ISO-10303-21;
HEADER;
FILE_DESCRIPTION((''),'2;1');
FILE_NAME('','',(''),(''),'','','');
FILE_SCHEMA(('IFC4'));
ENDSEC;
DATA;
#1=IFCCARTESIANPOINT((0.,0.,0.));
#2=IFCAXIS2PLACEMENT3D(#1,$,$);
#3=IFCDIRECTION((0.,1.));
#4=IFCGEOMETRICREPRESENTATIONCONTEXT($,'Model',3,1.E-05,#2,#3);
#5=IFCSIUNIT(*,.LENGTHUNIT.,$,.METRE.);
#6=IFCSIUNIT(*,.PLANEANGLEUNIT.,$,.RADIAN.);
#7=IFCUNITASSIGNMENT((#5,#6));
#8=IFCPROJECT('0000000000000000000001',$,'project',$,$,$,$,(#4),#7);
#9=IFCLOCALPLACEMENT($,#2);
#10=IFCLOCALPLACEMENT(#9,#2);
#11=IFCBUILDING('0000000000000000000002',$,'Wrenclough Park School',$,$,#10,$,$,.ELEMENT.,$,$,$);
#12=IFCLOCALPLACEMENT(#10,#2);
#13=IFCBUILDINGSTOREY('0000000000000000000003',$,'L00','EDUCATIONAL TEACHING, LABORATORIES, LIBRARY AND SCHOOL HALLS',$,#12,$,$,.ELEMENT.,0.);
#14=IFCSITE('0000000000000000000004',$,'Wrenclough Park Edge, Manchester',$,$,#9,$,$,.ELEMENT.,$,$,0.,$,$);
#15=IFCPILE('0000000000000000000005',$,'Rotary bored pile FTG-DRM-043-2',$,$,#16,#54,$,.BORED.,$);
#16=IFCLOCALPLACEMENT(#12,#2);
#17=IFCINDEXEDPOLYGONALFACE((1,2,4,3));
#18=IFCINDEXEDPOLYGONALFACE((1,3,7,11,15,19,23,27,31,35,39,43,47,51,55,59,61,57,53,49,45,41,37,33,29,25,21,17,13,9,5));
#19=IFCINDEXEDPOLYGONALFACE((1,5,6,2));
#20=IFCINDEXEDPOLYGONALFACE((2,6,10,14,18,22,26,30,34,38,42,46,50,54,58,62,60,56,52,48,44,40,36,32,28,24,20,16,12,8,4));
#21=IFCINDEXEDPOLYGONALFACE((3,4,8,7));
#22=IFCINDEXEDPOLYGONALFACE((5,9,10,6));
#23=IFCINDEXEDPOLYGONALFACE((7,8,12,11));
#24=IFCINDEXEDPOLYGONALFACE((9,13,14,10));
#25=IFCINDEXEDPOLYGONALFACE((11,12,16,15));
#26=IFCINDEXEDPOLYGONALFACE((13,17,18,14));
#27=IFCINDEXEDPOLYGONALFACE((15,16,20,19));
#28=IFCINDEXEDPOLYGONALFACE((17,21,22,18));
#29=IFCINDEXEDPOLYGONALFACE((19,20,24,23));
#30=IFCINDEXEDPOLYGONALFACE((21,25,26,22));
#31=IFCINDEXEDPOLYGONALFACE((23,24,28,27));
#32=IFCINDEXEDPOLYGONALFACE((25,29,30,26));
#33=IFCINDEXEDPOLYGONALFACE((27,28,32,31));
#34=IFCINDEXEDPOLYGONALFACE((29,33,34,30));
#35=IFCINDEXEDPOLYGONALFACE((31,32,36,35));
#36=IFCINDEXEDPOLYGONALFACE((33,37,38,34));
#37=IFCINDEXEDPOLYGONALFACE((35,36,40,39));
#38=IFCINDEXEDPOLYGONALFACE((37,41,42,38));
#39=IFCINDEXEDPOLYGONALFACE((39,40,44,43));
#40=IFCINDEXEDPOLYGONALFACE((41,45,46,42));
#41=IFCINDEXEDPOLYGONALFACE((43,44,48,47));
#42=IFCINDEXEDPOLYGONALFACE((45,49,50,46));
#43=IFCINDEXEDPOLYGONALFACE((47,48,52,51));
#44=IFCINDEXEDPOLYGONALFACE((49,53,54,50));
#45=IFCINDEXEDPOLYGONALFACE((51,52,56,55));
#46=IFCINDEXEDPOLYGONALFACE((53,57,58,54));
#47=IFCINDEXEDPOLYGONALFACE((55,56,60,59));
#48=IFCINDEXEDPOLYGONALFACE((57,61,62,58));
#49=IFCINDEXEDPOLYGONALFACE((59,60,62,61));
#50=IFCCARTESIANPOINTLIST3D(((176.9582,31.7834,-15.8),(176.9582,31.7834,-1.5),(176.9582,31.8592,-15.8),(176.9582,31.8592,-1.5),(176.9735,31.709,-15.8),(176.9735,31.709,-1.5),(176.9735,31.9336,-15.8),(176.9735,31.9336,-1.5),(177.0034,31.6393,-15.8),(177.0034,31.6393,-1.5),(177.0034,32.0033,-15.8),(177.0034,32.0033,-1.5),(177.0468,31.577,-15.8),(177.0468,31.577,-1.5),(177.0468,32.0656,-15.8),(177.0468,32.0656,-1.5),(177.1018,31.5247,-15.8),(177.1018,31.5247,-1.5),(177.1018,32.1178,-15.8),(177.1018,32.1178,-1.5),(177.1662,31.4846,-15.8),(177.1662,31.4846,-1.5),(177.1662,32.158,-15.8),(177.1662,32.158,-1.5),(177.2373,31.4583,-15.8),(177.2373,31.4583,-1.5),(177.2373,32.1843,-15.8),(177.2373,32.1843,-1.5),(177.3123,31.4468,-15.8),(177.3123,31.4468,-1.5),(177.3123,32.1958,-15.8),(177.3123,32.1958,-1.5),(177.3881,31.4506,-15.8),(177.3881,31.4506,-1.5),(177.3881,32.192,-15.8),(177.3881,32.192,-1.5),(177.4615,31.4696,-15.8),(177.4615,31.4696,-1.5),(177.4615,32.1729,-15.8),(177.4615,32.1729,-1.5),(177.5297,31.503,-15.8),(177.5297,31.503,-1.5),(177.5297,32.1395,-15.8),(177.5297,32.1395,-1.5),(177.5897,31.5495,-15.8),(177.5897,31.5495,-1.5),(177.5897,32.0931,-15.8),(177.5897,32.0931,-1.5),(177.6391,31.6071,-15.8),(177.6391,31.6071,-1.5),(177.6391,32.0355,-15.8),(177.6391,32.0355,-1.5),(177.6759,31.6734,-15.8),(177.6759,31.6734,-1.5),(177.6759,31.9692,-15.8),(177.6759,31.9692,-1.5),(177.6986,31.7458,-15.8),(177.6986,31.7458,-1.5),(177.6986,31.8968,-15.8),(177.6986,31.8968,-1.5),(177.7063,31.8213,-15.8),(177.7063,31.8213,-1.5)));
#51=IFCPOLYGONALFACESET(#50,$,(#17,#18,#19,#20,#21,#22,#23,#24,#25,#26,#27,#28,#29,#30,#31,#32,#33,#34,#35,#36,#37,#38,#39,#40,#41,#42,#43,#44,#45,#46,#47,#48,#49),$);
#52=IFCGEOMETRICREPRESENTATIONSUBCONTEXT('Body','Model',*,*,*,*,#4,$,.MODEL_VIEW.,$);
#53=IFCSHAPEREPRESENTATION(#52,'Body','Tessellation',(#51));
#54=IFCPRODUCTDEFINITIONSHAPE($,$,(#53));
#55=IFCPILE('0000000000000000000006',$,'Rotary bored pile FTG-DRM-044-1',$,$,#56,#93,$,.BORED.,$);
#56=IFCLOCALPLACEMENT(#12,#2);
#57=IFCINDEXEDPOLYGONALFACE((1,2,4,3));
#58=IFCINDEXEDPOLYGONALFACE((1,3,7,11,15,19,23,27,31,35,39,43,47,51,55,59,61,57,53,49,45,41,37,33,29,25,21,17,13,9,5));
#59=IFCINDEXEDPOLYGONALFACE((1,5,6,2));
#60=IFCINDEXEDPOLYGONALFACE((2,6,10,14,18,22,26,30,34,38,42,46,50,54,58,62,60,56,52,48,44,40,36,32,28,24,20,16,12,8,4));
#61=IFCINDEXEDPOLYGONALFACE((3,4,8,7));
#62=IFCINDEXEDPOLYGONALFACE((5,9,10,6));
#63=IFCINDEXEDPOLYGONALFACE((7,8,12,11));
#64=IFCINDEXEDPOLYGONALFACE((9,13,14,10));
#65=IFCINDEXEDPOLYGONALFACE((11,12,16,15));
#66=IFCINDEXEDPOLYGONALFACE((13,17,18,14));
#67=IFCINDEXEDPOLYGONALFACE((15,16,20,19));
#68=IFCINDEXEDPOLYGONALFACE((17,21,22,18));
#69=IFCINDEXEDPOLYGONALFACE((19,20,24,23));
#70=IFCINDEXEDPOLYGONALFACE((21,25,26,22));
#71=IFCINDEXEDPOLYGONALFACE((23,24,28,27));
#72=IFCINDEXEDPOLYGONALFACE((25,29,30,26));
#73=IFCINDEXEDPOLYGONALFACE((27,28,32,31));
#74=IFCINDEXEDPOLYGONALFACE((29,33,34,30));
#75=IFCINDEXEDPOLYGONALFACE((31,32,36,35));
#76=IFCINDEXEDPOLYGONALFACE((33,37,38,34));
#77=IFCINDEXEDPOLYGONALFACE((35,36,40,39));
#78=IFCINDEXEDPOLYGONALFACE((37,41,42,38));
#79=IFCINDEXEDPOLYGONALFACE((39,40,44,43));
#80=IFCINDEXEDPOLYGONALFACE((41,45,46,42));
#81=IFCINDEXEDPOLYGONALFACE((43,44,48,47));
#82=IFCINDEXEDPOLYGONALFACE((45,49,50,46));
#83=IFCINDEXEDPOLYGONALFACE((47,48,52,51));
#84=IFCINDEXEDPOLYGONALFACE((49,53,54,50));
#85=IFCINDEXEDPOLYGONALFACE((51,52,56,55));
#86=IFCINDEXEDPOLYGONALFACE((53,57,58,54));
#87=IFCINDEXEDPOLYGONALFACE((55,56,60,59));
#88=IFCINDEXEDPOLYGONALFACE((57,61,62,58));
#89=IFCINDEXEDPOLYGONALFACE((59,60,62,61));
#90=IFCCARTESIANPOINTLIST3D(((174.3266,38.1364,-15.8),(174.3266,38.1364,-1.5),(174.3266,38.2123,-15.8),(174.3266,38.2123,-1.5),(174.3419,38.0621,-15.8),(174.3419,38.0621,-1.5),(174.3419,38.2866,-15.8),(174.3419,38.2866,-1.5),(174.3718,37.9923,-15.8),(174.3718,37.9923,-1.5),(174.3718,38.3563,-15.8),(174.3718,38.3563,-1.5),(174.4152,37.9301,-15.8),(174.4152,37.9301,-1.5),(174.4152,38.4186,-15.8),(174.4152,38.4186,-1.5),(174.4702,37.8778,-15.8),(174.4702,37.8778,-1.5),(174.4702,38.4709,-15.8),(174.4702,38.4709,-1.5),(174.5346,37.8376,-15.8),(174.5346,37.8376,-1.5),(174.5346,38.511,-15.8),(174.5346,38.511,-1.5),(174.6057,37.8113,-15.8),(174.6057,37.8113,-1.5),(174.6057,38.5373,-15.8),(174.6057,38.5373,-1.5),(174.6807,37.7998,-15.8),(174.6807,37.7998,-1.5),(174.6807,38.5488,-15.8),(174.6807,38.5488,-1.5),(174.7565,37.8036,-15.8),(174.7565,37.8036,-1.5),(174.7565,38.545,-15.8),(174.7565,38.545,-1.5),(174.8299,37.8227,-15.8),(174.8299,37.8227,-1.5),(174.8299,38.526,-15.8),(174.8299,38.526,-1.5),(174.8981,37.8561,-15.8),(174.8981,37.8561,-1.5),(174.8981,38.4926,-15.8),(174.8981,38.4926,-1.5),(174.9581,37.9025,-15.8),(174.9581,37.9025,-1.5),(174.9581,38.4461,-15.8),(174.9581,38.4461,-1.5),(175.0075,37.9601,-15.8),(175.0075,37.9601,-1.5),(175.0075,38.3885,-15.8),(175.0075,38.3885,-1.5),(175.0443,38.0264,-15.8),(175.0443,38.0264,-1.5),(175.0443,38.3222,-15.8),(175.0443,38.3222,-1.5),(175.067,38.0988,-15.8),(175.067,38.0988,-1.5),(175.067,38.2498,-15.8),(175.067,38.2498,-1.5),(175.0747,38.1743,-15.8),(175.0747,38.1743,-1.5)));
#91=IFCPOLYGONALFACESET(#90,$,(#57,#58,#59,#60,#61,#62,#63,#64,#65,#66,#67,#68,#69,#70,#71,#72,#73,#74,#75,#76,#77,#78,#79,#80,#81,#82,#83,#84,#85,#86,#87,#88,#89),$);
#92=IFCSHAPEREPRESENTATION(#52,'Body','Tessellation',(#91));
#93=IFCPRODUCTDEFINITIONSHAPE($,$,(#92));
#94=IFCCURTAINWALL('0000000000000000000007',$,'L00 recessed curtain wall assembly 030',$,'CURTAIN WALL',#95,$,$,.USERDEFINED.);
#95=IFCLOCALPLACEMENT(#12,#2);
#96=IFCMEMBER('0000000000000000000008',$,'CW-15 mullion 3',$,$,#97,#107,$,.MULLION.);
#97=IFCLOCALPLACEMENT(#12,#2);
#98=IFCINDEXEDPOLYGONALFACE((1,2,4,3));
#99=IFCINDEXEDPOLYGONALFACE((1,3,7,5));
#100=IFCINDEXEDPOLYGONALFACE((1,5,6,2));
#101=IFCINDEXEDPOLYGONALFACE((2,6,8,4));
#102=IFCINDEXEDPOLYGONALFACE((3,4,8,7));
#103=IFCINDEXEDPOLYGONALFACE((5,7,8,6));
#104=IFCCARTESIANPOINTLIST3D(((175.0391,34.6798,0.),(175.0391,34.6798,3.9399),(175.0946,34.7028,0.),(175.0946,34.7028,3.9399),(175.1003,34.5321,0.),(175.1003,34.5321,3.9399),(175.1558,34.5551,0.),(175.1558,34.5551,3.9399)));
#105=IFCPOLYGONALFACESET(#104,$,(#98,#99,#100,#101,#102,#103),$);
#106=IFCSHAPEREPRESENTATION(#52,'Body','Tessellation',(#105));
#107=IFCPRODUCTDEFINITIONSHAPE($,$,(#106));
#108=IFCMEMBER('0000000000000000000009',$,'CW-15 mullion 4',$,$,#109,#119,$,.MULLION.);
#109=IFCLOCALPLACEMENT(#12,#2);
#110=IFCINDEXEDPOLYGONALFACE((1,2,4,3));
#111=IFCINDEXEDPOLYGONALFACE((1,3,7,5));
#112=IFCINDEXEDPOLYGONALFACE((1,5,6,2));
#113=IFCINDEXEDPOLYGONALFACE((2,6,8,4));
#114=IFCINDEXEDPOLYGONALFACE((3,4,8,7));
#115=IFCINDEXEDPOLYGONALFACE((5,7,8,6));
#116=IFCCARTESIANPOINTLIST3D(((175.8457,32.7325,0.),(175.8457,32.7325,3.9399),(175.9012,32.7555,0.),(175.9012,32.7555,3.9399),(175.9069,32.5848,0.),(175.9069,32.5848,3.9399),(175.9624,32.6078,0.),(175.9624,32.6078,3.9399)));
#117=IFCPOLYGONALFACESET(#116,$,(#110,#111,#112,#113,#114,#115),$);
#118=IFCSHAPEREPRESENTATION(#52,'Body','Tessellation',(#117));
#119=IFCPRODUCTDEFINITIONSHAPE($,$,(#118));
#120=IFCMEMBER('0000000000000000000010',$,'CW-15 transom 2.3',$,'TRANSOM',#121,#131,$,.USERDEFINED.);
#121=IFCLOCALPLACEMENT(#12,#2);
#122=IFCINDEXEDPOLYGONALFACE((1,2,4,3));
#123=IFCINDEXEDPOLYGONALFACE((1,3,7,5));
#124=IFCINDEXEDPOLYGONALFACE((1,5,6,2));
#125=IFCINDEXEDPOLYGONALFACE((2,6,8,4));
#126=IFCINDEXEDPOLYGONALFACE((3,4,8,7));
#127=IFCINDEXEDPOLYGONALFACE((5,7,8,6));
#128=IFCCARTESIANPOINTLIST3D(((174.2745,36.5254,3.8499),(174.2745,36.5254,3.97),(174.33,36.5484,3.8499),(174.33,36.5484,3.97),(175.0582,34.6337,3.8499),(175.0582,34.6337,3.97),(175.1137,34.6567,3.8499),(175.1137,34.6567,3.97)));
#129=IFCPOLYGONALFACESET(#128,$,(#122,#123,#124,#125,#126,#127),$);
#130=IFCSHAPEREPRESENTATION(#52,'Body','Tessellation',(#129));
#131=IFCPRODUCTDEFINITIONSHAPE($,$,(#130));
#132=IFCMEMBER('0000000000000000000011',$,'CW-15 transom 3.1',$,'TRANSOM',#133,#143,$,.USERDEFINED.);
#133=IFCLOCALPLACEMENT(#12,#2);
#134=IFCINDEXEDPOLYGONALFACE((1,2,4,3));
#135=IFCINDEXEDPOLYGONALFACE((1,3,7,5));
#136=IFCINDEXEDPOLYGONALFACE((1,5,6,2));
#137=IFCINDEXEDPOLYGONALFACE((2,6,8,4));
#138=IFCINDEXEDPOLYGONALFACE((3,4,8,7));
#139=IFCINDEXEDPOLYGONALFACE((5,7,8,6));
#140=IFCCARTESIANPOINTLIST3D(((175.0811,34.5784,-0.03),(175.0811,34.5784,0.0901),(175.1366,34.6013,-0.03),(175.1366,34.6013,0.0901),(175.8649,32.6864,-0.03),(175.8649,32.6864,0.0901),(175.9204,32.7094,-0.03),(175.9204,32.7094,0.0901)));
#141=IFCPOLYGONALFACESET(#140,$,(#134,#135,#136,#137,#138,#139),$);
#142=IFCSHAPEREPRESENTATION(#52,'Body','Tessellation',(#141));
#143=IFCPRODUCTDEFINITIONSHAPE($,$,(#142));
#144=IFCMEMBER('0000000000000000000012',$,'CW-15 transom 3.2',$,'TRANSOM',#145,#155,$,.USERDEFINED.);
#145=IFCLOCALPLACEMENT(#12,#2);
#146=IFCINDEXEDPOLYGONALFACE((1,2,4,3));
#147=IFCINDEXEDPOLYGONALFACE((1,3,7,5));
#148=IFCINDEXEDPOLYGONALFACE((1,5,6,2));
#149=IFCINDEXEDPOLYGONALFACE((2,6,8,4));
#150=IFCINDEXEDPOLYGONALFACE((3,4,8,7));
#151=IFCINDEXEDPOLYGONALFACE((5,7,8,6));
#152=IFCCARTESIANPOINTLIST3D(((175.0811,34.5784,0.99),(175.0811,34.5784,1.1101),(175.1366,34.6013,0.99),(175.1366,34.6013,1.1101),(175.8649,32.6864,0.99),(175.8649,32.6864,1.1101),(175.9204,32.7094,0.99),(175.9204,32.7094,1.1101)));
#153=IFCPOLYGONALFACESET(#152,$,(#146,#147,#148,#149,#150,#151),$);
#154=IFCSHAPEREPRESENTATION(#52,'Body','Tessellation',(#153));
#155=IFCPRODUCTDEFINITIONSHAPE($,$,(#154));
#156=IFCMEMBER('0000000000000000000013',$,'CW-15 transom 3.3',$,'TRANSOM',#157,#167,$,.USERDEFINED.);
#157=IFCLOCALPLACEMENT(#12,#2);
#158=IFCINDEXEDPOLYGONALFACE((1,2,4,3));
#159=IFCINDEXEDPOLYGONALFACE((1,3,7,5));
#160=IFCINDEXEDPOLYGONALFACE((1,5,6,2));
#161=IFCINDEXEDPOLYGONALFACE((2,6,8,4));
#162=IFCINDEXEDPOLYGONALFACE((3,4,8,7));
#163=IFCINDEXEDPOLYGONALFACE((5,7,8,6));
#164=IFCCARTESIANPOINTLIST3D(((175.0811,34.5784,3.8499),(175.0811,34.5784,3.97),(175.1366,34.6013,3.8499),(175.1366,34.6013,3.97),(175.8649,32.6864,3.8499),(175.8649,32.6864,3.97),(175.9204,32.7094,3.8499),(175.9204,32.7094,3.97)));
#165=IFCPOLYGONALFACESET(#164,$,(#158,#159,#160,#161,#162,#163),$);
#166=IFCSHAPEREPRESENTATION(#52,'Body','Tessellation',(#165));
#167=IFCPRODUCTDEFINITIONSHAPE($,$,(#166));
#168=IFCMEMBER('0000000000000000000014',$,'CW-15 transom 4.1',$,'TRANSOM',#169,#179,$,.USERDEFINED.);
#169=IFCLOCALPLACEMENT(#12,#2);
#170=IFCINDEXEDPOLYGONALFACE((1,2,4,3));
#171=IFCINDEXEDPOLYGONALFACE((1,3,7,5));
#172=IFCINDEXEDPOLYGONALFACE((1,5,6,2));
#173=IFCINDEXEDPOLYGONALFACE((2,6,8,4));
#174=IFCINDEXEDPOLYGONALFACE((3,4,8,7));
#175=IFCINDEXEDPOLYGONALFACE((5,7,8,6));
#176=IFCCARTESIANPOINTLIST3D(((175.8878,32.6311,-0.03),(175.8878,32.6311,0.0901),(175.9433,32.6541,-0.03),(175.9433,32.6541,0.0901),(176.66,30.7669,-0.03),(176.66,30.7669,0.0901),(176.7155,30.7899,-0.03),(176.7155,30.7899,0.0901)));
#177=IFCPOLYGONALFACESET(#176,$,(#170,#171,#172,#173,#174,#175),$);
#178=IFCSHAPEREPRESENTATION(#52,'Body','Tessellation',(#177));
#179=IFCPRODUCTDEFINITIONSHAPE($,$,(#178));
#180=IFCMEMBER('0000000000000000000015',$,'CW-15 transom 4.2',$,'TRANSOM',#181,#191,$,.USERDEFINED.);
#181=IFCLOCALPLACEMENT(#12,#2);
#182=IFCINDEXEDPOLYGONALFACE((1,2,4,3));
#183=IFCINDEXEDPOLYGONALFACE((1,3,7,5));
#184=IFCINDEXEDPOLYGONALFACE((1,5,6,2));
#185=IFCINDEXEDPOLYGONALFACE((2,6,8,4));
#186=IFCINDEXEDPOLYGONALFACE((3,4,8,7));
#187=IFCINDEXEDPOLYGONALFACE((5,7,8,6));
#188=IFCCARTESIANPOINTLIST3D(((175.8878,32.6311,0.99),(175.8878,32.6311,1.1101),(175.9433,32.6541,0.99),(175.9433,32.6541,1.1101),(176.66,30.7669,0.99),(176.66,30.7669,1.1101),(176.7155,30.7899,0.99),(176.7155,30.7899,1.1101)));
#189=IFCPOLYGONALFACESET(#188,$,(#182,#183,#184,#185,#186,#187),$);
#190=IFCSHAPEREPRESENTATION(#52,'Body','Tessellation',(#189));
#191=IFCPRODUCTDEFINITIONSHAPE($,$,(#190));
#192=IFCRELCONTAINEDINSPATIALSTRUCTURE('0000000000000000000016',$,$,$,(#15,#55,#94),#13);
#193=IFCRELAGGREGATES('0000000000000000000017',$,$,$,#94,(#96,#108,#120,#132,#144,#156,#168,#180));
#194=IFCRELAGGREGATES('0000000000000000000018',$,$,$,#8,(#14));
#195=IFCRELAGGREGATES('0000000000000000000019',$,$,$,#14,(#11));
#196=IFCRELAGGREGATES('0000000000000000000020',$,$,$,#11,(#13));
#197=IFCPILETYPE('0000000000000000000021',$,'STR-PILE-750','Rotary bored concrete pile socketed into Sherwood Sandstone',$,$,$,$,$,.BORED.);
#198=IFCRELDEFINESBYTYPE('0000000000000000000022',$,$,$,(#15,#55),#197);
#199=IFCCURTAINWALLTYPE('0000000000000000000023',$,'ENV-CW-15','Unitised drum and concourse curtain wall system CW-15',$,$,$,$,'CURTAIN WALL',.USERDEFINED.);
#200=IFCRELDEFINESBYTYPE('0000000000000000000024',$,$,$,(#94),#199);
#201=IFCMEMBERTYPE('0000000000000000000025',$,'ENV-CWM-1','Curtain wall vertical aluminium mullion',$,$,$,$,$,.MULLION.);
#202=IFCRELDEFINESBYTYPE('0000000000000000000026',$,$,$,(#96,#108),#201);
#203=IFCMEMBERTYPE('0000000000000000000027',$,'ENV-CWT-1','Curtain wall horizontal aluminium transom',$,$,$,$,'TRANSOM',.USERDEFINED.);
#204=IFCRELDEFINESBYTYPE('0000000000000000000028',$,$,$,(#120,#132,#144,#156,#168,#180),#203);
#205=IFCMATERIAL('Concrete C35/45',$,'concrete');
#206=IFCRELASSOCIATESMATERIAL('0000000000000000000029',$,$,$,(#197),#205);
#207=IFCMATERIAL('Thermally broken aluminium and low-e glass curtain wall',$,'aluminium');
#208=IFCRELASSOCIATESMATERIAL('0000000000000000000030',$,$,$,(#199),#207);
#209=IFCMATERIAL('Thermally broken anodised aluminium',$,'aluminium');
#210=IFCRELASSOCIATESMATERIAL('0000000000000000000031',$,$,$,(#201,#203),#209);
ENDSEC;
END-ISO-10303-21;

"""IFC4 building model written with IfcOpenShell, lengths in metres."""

from ifc_helpers import new_model, si_unit, direction, frame, origin, origin_2d, place, context, subcontext, project, spatial, rectangle, circle, extrude, material, material_profile, profile_set, type_object, element, aggregate, save


model = new_model("IFC4")

# Units and contexts
model_context = context("Model", 3, precision=1e-05, world=origin(), true_north=direction((0.0, 1.0)))
body_context = subcontext(model_context, "Body", "Model", "MODEL_VIEW")
ifc_project = project(units=[si_unit("LENGTHUNIT", "METRE"), si_unit("PLANEANGLEUNIT", "RADIAN")], contexts=[model_context])

# Site, building, storey
site_placement = place(None, origin())
site = spatial("IfcSite", under=ifc_project, at=site_placement, Name="Wrenclough Park Edge, Manchester", CompositionType="ELEMENT", RefElevation=0.0)
building_placement = place(site_placement, origin())
building = spatial("IfcBuilding", under=site, at=building_placement, Name="Wrenclough Park School", CompositionType="ELEMENT")
storey_placement = place(building_placement, origin())
storey = spatial("IfcBuildingStorey", under=building, at=storey_placement, Name="L00", Description="EDUCATIONAL TEACHING, LABORATORIES, LIBRARY AND SCHOOL HALLS", CompositionType="ELEMENT", Elevation=0.0)

# Piles
ifc_material_1 = material(Name="Concrete C35/45", Category="concrete")
ifc_material_profile_1 = material_profile(ifc_material_1, circle(Radius=0.375, at=origin_2d()), Name="BORED PILE D750")
ifc_profile_set_1 = profile_set([ifc_material_profile_1], Name="Concrete C35/45")
pile_type = type_object("IfcPileType", Name="STR-PILE-750", Description="Rotary bored concrete pile socketed into Sherwood Sandstone", PredefinedType="BORED", material=ifc_profile_set_1)
for number, where, z_axis, x_axis, name in (
    (1, (177.3313, 31.8213, -1.5), (0.0, 0.0, -1.0), (1.0, 0.0, 0.0), "Rotary bored pile FTG-DRM-043-2"),
    (2, (174.6997, 38.1743, -1.5), (0.0, 0.0, -1.0), (1.0, 0.0, 0.0), "Rotary bored pile FTG-DRM-044-1"),
):
    element("IfcPile", number, at=place(storey_placement, frame(where, z_axis=z_axis, x_axis=x_axis)), inside=storey, type_object=pile_type, Name=name, PredefinedType="BORED", context=body_context, shape_type="SweptSolid", body=[
        extrude(circle(Radius=0.375, at=origin_2d()), origin(), (0.0, 0.0, 1.0), 14.3),
    ])

# Curtain wall, members
ifc_material_2 = material(Name="Thermally broken aluminium and low-e glass curtain wall", Category="aluminium")
curtain_wall_type = type_object("IfcCurtainWallType", Name="ENV-CW-15", Description="Unitised drum and concourse curtain wall system CW-15", ElementType="CURTAIN WALL", PredefinedType="USERDEFINED", material=ifc_material_2)
curtain_wall_placement = place(storey_placement, origin())
curtain_wall = element("IfcCurtainWall", 3, at=curtain_wall_placement, inside=storey, type_object=curtain_wall_type, Name="L00 recessed curtain wall assembly 030", ObjectType="CURTAIN WALL", PredefinedType="USERDEFINED")
ifc_material_3 = material(Name="Thermally broken anodised aluminium", Category="aluminium")
ifc_material_profile_2 = material_profile(ifc_material_3, rectangle(XDim=0.0601, YDim=0.1599, at=origin_2d()), Name="AL MULLION 60x160")
ifc_profile_set_2 = profile_set([ifc_material_profile_2], Name="Thermally broken anodised aluminium")
member_type_1 = type_object("IfcMemberType", Name="ENV-CWM-1", Description="Curtain wall vertical aluminium mullion", PredefinedType="MULLION", material=ifc_profile_set_2)
member_1_placement = place(storey_placement, frame((175.0974, 34.6174, 0.0), z_axis=(0.0, 0.0, 1.0), x_axis=(0.923878, 0.382687, 0.0)))
member_1 = element("IfcMember", 4, at=member_1_placement, type_object=member_type_1, Name="CW-15 mullion 3", PredefinedType="MULLION", context=body_context, shape_type="SweptSolid", body=[
    extrude(rectangle(XDim=0.0601, YDim=0.1599, at=origin_2d()), origin(), (0.0, 0.0, 1.0), 3.9399),
])
member_2_placement = place(storey_placement, frame((175.9041, 32.6702, 0.0), z_axis=(0.0, 0.0, 1.0), x_axis=(0.923878, 0.382687, 0.0)))
member_2 = element("IfcMember", 5, at=member_2_placement, type_object=member_type_1, Name="CW-15 mullion 4", PredefinedType="MULLION", context=body_context, shape_type="SweptSolid", body=[
    extrude(rectangle(XDim=0.0601, YDim=0.1599, at=origin_2d()), origin(), (0.0, 0.0, 1.0), 3.9399),
])
ifc_material_profile_3 = material_profile(ifc_material_3, rectangle(XDim=0.0601, YDim=0.1201, at=origin_2d()), Name="AL TRANSOM 60x120")
ifc_profile_set_3 = profile_set([ifc_material_profile_3], Name="Thermally broken anodised aluminium")
member_type_2 = type_object("IfcMemberType", Name="ENV-CWT-1", Description="Curtain wall horizontal aluminium transom", ElementType="TRANSOM", PredefinedType="USERDEFINED", material=ifc_profile_set_3)
member_3_placement = place(storey_placement, frame((174.3022, 36.5369, 3.9099), z_axis=(0.382752, -0.923851, 0.0), x_axis=(0.923851, 0.382752, 0.0)))
member_3 = element("IfcMember", 6, at=member_3_placement, type_object=member_type_2, Name="CW-15 transom 2.3", ObjectType="TRANSOM", PredefinedType="USERDEFINED", context=body_context, shape_type="SweptSolid", body=[
    extrude(rectangle(XDim=0.0601, YDim=0.1201, at=origin_2d()), origin(), (0.0, 0.0, 1.0), 2.0476),
])
member_4_placement = place(storey_placement, frame((175.1089, 34.5898, 0.03), z_axis=(0.38271, -0.923869, 0.0), x_axis=(0.923869, 0.38271, 0.0)))
member_4 = element("IfcMember", 7, at=member_4_placement, type_object=member_type_2, Name="CW-15 transom 3.1", ObjectType="TRANSOM", PredefinedType="USERDEFINED", context=body_context, shape_type="SweptSolid", body=[
    extrude(rectangle(XDim=0.0601, YDim=0.1201, at=origin_2d()), origin(), (0.0, 0.0, 1.0), 2.0479),
])
member_5_placement = place(storey_placement, frame((175.1089, 34.5898, 1.05), z_axis=(0.38271, -0.923869, 0.0), x_axis=(0.923869, 0.38271, 0.0)))
member_5 = element("IfcMember", 8, at=member_5_placement, type_object=member_type_2, Name="CW-15 transom 3.2", ObjectType="TRANSOM", PredefinedType="USERDEFINED", context=body_context, shape_type="SweptSolid", body=[
    extrude(rectangle(XDim=0.0601, YDim=0.1201, at=origin_2d()), origin(), (0.0, 0.0, 1.0), 2.0479),
])
member_6_placement = place(storey_placement, frame((175.1089, 34.5898, 3.9099), z_axis=(0.38271, -0.923869, 0.0), x_axis=(0.923869, 0.38271, 0.0)))
member_6 = element("IfcMember", 9, at=member_6_placement, type_object=member_type_2, Name="CW-15 transom 3.3", ObjectType="TRANSOM", PredefinedType="USERDEFINED", context=body_context, shape_type="SweptSolid", body=[
    extrude(rectangle(XDim=0.0601, YDim=0.1201, at=origin_2d()), origin(), (0.0, 0.0, 1.0), 2.0479),
])
member_7_placement = place(storey_placement, frame((175.9155, 32.6426, 0.03), z_axis=(0.38269, -0.923877, 0.0), x_axis=(0.923877, 0.38269, 0.0)))
member_7 = element("IfcMember", 10, at=member_7_placement, type_object=member_type_2, Name="CW-15 transom 4.1", ObjectType="TRANSOM", PredefinedType="USERDEFINED", context=body_context, shape_type="SweptSolid", body=[
    extrude(rectangle(XDim=0.0601, YDim=0.1201, at=origin_2d()), origin(), (0.0, 0.0, 1.0), 2.0178),
])
member_8_placement = place(storey_placement, frame((175.9155, 32.6426, 1.05), z_axis=(0.38269, -0.923877, 0.0), x_axis=(0.923877, 0.38269, 0.0)))
member_8 = element("IfcMember", 11, at=member_8_placement, type_object=member_type_2, Name="CW-15 transom 4.2", ObjectType="TRANSOM", PredefinedType="USERDEFINED", context=body_context, shape_type="SweptSolid", body=[
    extrude(rectangle(XDim=0.0601, YDim=0.1201, at=origin_2d()), origin(), (0.0, 0.0, 1.0), 2.0178),
])

aggregate(curtain_wall, [member_1, member_2, member_3, member_4, member_5, member_6, member_7, member_8])

save(model, "model.ifc")
